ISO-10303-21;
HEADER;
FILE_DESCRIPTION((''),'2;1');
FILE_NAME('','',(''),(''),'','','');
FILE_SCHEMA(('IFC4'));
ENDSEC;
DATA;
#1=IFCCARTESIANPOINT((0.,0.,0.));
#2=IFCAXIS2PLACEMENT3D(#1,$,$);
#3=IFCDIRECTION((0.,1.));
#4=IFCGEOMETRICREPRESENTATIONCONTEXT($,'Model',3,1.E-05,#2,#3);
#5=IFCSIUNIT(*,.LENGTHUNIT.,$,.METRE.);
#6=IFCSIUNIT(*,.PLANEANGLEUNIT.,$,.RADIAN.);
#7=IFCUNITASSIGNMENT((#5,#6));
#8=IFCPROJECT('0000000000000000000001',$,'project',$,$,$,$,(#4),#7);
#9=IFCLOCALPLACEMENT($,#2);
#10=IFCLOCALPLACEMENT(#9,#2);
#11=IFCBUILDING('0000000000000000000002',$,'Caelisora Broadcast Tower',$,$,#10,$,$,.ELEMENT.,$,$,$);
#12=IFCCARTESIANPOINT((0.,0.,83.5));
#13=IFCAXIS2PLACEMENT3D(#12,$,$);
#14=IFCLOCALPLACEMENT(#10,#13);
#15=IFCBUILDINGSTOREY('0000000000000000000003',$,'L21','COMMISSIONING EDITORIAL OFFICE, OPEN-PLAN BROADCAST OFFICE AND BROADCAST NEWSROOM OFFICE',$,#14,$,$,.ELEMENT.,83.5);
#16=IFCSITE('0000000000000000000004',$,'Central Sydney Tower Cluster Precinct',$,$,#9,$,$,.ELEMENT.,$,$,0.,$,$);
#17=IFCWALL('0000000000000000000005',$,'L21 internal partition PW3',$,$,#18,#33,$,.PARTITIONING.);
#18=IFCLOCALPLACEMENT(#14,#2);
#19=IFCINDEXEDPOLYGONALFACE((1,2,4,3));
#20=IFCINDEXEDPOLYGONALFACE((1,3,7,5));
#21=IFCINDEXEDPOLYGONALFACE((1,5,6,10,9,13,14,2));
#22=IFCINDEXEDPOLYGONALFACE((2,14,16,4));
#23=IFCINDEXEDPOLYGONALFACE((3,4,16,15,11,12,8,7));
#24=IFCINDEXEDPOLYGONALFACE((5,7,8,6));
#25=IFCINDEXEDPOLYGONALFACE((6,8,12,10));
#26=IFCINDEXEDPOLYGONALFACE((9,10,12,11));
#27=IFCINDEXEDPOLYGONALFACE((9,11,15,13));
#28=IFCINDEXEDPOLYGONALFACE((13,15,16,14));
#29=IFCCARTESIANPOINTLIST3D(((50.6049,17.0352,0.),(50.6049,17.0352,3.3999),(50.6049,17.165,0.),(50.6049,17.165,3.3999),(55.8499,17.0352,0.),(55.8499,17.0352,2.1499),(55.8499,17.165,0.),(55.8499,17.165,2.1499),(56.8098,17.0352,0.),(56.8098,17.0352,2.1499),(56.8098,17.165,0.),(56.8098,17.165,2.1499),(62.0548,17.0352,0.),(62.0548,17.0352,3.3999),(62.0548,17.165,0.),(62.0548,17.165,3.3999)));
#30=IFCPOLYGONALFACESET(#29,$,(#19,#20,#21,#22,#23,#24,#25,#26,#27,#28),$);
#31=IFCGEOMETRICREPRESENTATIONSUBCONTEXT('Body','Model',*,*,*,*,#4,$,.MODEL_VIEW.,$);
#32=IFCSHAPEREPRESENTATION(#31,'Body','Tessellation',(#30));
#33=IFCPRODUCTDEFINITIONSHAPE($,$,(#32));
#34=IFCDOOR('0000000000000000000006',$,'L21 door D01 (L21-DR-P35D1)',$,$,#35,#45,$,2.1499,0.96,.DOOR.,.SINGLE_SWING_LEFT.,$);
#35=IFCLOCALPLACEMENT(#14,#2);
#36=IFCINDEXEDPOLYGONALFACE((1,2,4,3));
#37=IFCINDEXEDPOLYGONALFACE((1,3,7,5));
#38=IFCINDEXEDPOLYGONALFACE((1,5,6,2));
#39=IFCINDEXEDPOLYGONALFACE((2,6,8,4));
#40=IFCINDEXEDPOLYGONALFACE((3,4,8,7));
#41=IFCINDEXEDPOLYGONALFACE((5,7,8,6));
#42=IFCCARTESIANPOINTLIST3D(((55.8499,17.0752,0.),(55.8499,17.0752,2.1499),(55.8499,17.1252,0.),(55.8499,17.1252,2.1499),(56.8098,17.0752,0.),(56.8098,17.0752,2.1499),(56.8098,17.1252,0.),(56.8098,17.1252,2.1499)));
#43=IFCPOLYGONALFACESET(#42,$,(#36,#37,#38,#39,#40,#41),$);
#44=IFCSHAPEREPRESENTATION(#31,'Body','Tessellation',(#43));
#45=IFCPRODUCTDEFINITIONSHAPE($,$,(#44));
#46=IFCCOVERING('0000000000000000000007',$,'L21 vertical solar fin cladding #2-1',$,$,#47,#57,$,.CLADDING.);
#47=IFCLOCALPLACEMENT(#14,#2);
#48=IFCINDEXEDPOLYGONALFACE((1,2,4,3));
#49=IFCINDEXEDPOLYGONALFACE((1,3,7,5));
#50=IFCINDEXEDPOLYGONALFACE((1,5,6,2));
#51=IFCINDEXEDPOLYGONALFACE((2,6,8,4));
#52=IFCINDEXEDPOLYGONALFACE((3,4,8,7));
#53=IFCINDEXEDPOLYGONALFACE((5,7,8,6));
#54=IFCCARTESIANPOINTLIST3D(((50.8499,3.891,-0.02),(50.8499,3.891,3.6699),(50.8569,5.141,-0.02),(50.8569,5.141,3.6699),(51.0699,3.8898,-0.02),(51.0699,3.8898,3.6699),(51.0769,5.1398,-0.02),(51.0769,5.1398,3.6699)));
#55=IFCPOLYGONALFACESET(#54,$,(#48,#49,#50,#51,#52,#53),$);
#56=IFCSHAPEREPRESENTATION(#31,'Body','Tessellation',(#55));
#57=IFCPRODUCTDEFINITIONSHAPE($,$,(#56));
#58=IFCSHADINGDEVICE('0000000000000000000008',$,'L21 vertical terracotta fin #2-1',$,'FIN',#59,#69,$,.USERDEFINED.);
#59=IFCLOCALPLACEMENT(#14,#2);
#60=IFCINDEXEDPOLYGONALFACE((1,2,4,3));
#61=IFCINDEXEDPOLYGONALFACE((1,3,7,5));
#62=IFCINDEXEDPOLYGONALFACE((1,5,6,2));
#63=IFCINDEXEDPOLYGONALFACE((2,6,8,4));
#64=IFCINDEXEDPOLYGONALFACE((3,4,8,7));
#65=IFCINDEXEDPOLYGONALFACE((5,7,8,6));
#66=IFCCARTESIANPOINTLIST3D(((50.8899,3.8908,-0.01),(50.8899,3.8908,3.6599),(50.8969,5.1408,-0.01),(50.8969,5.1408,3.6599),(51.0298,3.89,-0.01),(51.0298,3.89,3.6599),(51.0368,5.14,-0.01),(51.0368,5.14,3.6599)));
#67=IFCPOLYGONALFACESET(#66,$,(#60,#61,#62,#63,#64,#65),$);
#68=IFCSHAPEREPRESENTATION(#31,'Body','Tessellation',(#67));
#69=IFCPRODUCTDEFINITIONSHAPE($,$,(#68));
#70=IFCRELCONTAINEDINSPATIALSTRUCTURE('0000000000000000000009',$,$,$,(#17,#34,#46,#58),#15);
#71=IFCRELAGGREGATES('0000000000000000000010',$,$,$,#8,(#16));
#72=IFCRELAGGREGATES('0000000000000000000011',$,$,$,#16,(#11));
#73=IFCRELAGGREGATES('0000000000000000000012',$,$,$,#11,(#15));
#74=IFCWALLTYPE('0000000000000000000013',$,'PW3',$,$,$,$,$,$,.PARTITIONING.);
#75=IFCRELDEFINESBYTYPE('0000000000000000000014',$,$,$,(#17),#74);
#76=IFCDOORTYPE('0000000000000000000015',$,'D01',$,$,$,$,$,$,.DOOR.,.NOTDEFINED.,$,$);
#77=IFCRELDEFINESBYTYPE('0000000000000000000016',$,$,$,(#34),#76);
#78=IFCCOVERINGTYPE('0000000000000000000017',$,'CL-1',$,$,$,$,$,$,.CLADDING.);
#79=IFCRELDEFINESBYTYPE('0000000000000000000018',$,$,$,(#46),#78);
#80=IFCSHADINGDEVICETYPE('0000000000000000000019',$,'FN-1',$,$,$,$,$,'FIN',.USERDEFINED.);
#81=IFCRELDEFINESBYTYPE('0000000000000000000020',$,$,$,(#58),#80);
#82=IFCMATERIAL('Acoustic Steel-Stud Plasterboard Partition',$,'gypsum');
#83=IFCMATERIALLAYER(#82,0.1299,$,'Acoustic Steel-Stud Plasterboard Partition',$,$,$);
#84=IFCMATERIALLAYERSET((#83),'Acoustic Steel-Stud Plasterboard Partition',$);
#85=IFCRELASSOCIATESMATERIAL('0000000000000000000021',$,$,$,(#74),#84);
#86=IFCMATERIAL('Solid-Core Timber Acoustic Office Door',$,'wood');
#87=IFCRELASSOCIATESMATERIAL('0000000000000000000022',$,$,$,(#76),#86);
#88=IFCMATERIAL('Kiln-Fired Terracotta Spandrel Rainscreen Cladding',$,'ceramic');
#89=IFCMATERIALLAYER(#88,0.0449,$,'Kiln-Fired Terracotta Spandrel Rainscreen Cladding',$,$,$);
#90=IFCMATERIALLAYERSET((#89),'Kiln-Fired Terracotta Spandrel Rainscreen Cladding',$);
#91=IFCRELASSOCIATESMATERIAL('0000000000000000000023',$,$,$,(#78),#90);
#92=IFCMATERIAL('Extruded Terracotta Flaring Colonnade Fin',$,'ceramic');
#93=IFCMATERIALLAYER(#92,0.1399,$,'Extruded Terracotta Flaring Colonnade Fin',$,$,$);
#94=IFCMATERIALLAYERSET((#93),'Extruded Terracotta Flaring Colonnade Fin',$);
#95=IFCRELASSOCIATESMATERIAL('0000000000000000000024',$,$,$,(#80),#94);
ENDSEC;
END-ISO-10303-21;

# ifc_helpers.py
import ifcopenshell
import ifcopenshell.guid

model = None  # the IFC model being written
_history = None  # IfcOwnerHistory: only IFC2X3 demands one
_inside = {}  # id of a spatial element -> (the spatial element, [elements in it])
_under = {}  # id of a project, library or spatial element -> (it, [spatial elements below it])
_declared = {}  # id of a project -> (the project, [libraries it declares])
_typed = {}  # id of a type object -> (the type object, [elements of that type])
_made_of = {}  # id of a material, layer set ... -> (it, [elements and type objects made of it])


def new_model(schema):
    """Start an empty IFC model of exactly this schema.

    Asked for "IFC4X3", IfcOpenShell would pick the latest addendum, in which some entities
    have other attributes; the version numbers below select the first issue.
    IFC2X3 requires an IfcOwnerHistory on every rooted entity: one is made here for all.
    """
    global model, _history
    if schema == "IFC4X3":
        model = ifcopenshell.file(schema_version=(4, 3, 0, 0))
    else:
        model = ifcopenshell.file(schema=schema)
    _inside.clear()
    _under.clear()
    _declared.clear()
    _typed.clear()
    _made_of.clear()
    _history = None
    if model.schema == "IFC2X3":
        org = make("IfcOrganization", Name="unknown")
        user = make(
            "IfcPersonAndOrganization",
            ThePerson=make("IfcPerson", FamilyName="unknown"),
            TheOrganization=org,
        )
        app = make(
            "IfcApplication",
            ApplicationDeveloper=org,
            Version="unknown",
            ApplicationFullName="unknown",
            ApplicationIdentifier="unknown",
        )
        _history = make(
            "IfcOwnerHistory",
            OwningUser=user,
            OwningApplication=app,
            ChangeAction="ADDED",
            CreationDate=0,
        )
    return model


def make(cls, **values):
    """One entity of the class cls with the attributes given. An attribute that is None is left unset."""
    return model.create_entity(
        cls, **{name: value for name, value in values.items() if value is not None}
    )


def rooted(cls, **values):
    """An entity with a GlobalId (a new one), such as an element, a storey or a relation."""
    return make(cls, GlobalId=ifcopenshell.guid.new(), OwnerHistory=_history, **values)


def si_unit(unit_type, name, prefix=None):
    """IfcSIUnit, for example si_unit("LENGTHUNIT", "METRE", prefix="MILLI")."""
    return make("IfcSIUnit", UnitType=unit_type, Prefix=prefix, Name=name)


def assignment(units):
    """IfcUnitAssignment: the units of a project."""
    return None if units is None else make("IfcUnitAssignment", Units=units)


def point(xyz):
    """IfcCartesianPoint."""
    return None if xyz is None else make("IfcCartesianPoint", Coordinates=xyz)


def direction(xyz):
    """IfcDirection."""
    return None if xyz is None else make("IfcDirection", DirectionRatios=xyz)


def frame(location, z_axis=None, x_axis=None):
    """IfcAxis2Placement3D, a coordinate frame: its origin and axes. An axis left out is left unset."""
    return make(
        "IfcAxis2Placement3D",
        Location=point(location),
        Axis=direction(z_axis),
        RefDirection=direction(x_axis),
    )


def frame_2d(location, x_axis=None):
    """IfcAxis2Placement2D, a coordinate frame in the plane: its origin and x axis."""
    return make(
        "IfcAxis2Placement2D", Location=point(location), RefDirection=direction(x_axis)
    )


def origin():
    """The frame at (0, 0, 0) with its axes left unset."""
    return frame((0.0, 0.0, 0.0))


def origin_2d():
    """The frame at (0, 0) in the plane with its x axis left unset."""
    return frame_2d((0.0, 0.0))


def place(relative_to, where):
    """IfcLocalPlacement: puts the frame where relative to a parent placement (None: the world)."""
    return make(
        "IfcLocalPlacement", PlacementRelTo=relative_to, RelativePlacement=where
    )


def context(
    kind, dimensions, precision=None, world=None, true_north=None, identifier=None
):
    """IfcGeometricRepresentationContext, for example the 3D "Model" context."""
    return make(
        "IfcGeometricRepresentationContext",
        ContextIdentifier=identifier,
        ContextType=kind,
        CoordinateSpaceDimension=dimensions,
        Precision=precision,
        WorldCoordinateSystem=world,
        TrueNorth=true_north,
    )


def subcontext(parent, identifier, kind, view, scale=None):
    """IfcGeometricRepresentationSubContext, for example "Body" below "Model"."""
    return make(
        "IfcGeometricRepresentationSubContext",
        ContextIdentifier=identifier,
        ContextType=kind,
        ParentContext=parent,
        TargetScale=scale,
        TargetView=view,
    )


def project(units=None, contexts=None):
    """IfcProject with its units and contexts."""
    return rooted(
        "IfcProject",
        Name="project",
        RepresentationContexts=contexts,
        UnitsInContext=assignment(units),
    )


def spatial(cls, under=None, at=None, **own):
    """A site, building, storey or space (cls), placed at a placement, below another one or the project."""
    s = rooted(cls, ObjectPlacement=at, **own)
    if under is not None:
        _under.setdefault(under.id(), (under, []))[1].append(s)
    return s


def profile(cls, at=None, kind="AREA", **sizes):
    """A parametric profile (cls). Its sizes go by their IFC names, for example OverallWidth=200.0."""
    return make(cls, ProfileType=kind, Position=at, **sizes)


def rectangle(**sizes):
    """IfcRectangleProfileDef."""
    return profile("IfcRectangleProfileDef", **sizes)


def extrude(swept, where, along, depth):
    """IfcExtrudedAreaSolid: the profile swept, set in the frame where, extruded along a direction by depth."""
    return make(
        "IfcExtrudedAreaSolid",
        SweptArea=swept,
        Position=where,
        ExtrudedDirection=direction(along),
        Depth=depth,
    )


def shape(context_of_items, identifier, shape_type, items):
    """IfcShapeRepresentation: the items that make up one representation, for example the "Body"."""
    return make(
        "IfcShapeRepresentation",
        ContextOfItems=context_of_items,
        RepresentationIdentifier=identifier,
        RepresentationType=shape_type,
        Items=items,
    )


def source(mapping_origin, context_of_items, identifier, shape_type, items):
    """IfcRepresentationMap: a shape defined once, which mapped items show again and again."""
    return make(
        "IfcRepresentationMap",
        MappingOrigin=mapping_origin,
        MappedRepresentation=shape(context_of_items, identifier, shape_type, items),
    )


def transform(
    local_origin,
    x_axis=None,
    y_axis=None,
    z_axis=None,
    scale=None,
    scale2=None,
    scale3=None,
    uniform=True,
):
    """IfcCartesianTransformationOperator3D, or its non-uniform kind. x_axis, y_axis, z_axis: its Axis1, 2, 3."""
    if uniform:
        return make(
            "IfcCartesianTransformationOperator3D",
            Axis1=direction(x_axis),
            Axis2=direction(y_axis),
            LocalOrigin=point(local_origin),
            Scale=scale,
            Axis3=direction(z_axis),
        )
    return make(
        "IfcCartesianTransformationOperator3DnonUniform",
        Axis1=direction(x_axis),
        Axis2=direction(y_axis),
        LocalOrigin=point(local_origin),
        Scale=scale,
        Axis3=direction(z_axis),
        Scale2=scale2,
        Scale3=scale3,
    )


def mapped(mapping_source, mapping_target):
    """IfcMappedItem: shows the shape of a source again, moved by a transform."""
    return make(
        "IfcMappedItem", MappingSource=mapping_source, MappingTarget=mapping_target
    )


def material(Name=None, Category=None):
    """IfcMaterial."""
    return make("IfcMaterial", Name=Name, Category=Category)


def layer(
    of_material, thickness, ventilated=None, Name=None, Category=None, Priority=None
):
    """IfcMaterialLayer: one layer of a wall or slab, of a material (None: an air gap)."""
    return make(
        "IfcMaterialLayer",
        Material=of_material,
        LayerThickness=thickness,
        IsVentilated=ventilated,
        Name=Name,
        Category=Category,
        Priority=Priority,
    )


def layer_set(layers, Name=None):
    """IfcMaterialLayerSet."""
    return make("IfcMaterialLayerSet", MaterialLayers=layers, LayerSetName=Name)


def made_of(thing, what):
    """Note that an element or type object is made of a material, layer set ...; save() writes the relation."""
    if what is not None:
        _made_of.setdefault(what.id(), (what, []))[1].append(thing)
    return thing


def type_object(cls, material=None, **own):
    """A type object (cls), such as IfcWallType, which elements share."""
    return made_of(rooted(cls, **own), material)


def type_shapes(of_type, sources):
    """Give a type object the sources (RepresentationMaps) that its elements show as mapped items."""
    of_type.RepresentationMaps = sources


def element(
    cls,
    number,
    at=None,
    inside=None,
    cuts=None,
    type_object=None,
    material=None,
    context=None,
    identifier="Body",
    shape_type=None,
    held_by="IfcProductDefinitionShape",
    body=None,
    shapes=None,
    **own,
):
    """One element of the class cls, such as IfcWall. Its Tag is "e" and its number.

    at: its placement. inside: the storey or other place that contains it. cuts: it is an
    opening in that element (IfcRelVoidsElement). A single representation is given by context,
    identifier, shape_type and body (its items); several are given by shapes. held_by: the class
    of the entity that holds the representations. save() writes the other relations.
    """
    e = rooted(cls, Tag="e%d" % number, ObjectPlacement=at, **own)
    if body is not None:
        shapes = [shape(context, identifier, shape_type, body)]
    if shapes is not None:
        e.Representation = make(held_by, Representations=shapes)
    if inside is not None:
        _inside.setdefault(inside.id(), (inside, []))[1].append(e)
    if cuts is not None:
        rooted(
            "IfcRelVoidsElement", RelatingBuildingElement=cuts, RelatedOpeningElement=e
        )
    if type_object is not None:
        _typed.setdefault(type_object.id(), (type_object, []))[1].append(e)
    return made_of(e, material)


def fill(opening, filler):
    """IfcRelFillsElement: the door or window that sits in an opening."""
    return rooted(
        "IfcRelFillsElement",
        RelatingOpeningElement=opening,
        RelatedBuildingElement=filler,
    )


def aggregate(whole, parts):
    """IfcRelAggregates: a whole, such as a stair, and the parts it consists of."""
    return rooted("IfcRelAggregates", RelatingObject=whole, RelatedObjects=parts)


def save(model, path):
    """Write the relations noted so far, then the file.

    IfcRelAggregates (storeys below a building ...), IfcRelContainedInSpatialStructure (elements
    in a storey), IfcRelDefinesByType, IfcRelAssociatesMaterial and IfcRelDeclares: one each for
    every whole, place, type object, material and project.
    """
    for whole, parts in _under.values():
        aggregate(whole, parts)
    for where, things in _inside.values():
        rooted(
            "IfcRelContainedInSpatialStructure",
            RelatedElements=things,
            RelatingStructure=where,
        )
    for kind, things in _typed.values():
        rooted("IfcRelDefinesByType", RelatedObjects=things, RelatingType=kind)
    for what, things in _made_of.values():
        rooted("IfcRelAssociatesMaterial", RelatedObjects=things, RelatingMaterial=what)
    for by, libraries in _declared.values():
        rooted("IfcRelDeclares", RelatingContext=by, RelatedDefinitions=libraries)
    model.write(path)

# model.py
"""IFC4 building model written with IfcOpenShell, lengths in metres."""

from ifc_helpers import new_model, si_unit, direction, frame, frame_2d, origin, origin_2d, place, context, subcontext, project, spatial, rectangle, extrude, source, transform, mapped, material, layer, layer_set, type_object, type_shapes, element, fill, save


model = new_model("IFC4")

# Units and contexts
model_context = context("Model", 3, precision=1e-05, world=origin(), true_north=direction((0.0, 1.0)))
body_context = subcontext(model_context, "Body", "Model", "MODEL_VIEW")
ifc_project = project(units=[si_unit("LENGTHUNIT", "METRE"), si_unit("PLANEANGLEUNIT", "RADIAN")], contexts=[model_context])

# Site, building, storey
site_placement = place(None, origin())
site = spatial("IfcSite", under=ifc_project, at=site_placement, Name="Central Sydney Tower Cluster Precinct", CompositionType="ELEMENT", RefElevation=0.0)
building_placement = place(site_placement, origin())
building = spatial("IfcBuilding", under=site, at=building_placement, Name="Caelisora Broadcast Tower", CompositionType="ELEMENT")
storey_placement = place(building_placement, frame((0.0, 0.0, 83.5)))
storey = spatial("IfcBuildingStorey", under=building, at=storey_placement, Name="L21", Description="COMMISSIONING EDITORIAL OFFICE, OPEN-PLAN BROADCAST OFFICE AND BROADCAST NEWSROOM OFFICE", CompositionType="ELEMENT", Elevation=83.5)

# Wall, opening, door
ifc_material_1 = material(Name="Acoustic Steel-Stud Plasterboard Partition", Category="gypsum")
ifc_layer_1 = layer(ifc_material_1, 0.1299, Name="Acoustic Steel-Stud Plasterboard Partition")
ifc_layer_set_1 = layer_set([ifc_layer_1], Name="Acoustic Steel-Stud Plasterboard Partition")
wall_type_1 = type_object("IfcWallType", Name="PW3", PredefinedType="PARTITIONING", material=ifc_layer_set_1)
wall_1_placement = place(storey_placement, frame((62.0549, 17.1001, 0.0), z_axis=(0.0, 0.0, 1.0), x_axis=(-1.0, 0.0, 0.0)))
wall_1 = element("IfcWall", 1, at=wall_1_placement, inside=storey, type_object=wall_type_1, Name="L21 internal partition PW3", PredefinedType="PARTITIONING", context=body_context, shape_type="SweptSolid", body=[
    extrude(rectangle(XDim=11.45, YDim=0.1299, at=frame_2d((5.7251, 0.0))), origin(), (0.0, 0.0, 1.0), 3.3999),
])
opening_1_placement = place(wall_1_placement, frame((5.2451, 0.0, 0.0)))
opening_1 = element("IfcOpeningElement", 2, at=opening_1_placement, cuts=wall_1, PredefinedType="OPENING", context=body_context, shape_type="SweptSolid", body=[
    extrude(rectangle(XDim=0.96, YDim=2.1499, at=frame_2d((0.48, 1.075))), frame((0.0, 0.0769, 0.0), z_axis=(0.0, -1.0, 0.0), x_axis=(1.0, 0.0, 0.0)), (0.0, 0.0, 1.0), 0.1538),
])
ifc_material_2 = material(Name="Solid-Core Timber Acoustic Office Door", Category="wood")
door_type = type_object("IfcDoorType", Name="D01", OperationType="NOTDEFINED", PredefinedType="DOOR", material=ifc_material_2)
door_placement = place(opening_1_placement, origin())
door = element("IfcDoor", 3, at=door_placement, inside=storey, type_object=door_type, Name="L21 door D01 (L21-DR-P35D1)", OperationType="SINGLE_SWING_LEFT", OverallHeight=2.1499, OverallWidth=0.96, PredefinedType="DOOR", context=body_context, shape_type="SweptSolid", body=[
    extrude(rectangle(XDim=0.96, YDim=2.1499, at=frame_2d((0.48, 1.075))), frame((0.0, 0.0249, 0.0), z_axis=(0.0, -1.0, 0.0), x_axis=(1.0, 0.0, 0.0)), (0.0, 0.0, 1.0), 0.05),
])
fill(opening_1, door)

# Covering
ifc_material_3 = material(Name="Kiln-Fired Terracotta Spandrel Rainscreen Cladding", Category="ceramic")
ifc_layer_2 = layer(ifc_material_3, 0.0449, Name="Kiln-Fired Terracotta Spandrel Rainscreen Cladding")
ifc_layer_set_2 = layer_set([ifc_layer_2], Name="Kiln-Fired Terracotta Spandrel Rainscreen Cladding")
covering_type = type_object("IfcCoveringType", Name="CL-1", PredefinedType="CLADDING", material=ifc_layer_set_2)
shared_shape_1 = source(origin(), body_context, "Body", "SweptSolid", [
    extrude(rectangle(XDim=0.22, YDim=1.25, at=origin_2d()), origin(), (0.0, 0.0, 1.0), 3.6899),
])
type_shapes(covering_type, [shared_shape_1])
covering_placement = place(storey_placement, frame((50.9634, 4.5154, -0.02), z_axis=(0.0, 0.0, 1.0), x_axis=(-0.999984, 0.005585, 0.0)))
element("IfcCovering", 4, at=covering_placement, inside=storey, type_object=covering_type, Name="L21 vertical solar fin cladding #2-1", PredefinedType="CLADDING", context=body_context, shape_type="MappedRepresentation", body=[
    mapped(shared_shape_1, transform((0.0, 0.0, 0.0), scale=1.0)),
])

# Shading device
ifc_material_4 = material(Name="Extruded Terracotta Flaring Colonnade Fin", Category="ceramic")
ifc_layer_3 = layer(ifc_material_4, 0.1399, Name="Extruded Terracotta Flaring Colonnade Fin")
ifc_layer_set_3 = layer_set([ifc_layer_3], Name="Extruded Terracotta Flaring Colonnade Fin")
shading_device_type = type_object("IfcShadingDeviceType", Name="FN-1", ElementType="FIN", PredefinedType="USERDEFINED", material=ifc_layer_set_3)
shared_shape_2 = source(origin(), body_context, "Body", "SweptSolid", [
    extrude(rectangle(XDim=0.1399, YDim=1.25, at=origin_2d()), origin(), (0.0, 0.0, 1.0), 3.6699),
])
type_shapes(shading_device_type, [shared_shape_2])
shading_device_placement = place(storey_placement, frame((50.9634, 4.5154, -0.01), z_axis=(0.0, 0.0, 1.0), x_axis=(-0.999984, 0.005585, 0.0)))
element("IfcShadingDevice", 5, at=shading_device_placement, inside=storey, type_object=shading_device_type, Name="L21 vertical terracotta fin #2-1", ObjectType="FIN", PredefinedType="USERDEFINED", context=body_context, shape_type="MappedRepresentation", body=[
    mapped(shared_shape_2, transform((0.0, 0.0, 0.0), scale=1.0)),
])

save(model, "model.ifc")
